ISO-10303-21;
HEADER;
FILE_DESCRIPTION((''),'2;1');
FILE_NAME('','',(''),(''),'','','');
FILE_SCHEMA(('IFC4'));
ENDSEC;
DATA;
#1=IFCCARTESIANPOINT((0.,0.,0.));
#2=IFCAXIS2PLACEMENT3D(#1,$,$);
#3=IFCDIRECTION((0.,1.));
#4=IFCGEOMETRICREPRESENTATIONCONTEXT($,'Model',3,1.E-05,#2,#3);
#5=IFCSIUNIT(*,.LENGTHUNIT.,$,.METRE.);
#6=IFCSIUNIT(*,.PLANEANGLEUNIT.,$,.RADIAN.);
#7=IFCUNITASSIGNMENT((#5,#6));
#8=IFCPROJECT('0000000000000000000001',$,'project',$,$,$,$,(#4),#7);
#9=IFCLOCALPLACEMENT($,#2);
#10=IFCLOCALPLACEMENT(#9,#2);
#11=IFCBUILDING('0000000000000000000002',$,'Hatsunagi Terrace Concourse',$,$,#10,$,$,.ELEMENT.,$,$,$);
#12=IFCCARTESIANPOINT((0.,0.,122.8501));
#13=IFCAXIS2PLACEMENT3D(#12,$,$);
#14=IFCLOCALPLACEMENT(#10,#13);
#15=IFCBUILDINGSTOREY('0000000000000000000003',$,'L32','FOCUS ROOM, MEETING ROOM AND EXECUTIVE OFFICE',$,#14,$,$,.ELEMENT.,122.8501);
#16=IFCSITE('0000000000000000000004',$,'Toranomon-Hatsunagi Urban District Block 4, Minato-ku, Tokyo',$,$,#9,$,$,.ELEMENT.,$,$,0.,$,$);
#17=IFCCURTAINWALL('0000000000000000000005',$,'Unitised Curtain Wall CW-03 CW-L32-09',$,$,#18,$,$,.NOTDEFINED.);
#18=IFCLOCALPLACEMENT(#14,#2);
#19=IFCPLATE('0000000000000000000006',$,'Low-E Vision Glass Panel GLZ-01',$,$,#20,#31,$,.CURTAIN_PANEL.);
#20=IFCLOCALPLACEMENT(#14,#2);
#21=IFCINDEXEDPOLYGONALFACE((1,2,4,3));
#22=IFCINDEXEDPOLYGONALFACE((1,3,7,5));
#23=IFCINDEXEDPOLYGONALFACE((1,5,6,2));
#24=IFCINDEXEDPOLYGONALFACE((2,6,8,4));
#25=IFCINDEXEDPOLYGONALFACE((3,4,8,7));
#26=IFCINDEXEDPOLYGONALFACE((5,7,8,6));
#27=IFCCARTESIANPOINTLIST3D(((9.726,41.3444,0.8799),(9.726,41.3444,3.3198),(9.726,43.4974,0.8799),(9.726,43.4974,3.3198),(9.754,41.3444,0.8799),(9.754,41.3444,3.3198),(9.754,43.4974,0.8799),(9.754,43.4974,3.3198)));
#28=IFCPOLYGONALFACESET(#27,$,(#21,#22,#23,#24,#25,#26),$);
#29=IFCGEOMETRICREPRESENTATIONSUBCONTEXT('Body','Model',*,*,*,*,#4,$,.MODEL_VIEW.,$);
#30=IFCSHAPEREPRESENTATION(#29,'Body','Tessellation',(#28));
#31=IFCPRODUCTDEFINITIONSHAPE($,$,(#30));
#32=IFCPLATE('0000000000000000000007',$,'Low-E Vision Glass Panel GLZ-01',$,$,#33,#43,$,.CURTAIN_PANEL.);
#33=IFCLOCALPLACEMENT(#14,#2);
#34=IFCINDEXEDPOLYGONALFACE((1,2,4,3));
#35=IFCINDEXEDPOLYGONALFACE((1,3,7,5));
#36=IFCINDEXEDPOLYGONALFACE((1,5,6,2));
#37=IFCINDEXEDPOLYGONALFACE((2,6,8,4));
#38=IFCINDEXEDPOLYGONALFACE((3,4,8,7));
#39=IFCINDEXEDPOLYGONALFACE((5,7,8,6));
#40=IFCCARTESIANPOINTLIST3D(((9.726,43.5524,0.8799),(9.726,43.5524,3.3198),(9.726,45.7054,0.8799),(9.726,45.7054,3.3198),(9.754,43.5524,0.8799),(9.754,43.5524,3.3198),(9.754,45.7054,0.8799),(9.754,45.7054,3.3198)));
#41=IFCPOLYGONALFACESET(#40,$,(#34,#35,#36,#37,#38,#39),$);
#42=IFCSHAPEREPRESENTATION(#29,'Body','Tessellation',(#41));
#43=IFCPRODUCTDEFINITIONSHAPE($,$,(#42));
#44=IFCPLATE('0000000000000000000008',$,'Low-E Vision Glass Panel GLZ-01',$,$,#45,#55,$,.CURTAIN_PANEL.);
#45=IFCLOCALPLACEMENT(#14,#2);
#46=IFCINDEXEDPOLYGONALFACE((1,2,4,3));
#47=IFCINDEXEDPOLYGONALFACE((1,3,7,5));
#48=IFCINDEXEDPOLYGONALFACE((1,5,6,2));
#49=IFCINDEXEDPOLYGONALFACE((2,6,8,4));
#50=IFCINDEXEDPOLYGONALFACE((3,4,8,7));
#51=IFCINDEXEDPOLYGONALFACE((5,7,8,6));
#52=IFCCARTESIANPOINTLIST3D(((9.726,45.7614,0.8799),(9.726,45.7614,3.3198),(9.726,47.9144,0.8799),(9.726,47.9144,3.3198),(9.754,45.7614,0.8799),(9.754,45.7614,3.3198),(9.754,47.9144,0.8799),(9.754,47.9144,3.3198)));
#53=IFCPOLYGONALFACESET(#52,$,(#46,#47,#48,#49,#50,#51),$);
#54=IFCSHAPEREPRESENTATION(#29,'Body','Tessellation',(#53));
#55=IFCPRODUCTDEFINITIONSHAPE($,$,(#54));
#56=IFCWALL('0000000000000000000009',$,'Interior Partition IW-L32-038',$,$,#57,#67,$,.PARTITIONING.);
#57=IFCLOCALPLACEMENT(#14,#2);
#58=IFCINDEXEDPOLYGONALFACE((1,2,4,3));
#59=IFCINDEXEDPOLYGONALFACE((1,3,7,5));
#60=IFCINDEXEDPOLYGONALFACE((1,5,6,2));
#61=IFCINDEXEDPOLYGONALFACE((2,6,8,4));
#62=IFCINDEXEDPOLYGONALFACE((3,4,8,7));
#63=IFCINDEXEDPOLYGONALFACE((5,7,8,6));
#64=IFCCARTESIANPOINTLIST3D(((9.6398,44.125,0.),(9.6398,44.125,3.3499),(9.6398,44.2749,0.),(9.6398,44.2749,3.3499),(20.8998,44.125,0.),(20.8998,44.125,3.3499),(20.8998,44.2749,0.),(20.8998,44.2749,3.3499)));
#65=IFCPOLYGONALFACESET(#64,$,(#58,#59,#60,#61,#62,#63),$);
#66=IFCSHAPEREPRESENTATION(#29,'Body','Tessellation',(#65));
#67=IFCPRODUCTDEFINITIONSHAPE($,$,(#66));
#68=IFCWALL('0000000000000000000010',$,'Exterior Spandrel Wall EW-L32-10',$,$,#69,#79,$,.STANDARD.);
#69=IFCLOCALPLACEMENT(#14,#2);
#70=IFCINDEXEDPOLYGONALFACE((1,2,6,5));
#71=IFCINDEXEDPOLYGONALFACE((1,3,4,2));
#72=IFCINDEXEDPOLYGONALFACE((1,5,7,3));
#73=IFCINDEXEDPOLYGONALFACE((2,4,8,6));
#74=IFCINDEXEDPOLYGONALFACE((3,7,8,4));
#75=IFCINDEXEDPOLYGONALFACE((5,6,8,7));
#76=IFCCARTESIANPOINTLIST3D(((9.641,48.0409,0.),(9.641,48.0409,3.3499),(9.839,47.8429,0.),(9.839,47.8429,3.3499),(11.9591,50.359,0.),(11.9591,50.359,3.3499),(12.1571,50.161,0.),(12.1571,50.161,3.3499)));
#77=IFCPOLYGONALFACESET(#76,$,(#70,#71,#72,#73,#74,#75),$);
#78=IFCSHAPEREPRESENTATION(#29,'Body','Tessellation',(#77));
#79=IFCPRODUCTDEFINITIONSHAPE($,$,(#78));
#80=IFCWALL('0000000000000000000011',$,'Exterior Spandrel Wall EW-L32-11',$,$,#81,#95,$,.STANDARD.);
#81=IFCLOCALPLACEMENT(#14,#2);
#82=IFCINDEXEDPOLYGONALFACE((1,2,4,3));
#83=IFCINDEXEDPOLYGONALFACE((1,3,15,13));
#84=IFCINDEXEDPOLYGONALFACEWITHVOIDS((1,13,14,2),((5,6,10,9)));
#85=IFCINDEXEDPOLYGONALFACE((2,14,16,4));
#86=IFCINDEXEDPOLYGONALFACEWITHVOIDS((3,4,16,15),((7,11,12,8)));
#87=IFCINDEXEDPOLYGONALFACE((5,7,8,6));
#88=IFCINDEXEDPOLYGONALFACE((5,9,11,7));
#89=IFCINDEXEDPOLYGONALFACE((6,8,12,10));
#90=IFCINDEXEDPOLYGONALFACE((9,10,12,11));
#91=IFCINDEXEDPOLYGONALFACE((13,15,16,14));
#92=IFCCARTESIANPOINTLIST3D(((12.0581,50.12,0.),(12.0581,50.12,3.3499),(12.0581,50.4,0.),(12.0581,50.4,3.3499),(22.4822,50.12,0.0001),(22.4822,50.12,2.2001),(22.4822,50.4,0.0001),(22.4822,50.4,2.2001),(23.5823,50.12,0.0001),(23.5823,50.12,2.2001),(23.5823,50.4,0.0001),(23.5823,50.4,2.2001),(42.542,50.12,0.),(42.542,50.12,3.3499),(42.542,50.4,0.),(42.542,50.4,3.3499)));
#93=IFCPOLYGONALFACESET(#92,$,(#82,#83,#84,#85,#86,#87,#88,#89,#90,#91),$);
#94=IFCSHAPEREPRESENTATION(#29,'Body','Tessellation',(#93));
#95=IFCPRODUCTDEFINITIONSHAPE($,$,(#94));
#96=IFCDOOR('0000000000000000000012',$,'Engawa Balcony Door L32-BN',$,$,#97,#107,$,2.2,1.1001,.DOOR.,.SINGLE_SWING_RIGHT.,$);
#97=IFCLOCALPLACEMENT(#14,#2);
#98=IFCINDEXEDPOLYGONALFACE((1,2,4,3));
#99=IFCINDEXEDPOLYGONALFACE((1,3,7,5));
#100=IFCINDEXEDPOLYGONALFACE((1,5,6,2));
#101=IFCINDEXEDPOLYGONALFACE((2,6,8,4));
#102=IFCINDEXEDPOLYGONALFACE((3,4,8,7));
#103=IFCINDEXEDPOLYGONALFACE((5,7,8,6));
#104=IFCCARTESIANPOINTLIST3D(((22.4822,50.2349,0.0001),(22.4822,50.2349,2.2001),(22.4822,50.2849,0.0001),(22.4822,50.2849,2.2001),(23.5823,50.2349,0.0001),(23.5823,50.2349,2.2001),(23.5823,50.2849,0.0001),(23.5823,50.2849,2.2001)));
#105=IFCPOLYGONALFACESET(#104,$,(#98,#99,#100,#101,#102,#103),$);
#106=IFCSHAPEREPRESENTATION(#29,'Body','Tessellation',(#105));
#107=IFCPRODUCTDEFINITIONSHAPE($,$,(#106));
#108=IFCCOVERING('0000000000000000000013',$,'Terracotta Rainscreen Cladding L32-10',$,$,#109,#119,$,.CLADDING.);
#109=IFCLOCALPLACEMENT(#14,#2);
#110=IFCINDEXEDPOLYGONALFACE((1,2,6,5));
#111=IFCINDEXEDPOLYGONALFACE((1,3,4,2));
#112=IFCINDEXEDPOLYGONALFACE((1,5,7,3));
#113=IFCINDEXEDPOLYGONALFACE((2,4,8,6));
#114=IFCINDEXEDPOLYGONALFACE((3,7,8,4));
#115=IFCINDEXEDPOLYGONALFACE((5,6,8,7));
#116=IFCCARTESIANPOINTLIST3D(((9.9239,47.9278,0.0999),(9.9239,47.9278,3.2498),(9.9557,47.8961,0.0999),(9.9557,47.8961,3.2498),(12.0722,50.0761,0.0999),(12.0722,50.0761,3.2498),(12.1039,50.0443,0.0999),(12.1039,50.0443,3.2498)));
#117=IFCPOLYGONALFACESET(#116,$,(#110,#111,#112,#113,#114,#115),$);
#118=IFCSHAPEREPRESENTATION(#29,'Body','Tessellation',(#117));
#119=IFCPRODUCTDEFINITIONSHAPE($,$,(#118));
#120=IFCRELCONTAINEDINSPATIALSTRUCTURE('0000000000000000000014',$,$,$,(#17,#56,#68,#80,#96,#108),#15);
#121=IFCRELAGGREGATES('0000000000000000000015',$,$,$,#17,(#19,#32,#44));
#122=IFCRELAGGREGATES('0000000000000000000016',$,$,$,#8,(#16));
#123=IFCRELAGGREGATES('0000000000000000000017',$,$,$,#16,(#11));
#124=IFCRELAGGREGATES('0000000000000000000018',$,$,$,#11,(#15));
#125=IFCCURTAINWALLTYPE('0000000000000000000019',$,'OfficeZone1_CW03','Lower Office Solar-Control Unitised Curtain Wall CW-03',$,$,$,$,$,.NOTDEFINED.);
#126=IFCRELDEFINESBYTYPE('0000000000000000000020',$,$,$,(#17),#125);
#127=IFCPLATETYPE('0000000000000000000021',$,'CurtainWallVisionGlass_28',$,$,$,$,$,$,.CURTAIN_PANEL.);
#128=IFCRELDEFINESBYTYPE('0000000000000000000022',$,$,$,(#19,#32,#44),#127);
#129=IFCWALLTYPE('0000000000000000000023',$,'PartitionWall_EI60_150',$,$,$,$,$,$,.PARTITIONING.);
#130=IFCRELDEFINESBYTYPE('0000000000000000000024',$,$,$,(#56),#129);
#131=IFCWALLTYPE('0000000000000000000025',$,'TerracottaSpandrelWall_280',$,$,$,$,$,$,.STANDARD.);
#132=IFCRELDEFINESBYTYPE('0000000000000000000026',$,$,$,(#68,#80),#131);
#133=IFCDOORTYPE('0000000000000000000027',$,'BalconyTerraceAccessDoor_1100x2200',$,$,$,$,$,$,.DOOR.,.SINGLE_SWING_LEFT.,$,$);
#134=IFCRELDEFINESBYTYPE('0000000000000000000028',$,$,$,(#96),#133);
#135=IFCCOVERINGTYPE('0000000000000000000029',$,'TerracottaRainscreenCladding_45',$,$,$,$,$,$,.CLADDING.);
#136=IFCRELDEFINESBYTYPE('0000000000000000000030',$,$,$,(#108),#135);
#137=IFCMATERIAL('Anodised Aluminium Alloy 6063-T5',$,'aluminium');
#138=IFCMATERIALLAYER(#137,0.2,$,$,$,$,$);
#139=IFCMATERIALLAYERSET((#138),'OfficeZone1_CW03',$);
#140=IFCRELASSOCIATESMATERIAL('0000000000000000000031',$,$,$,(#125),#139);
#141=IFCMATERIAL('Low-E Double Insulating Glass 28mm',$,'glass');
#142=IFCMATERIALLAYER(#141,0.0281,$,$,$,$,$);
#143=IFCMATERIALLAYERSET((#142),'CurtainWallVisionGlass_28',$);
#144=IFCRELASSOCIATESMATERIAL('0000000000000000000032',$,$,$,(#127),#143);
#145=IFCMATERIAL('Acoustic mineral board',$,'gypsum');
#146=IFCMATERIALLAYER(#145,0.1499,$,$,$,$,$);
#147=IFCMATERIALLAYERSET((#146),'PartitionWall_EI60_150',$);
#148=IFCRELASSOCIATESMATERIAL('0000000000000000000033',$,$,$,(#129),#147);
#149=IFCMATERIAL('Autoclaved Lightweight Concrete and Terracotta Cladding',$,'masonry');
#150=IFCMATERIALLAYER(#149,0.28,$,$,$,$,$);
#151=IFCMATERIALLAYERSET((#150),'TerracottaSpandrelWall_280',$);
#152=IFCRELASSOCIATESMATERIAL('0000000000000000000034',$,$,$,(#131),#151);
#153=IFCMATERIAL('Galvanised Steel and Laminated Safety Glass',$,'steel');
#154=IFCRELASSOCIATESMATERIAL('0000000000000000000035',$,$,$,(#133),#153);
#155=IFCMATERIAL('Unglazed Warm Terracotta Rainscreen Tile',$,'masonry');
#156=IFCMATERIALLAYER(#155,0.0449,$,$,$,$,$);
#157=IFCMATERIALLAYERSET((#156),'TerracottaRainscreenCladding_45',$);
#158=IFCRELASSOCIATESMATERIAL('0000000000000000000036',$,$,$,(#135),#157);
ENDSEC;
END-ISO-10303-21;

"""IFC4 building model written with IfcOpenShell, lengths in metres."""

from ifc_helpers import new_model, si_unit, direction, frame, frame_2d, origin, origin_2d, place, context, subcontext, project, spatial, rectangle, extrude, material, layer, layer_set, type_object, element, fill, aggregate, save


model = new_model("IFC4")

# Units and contexts
model_context = context("Model", 3, precision=1e-05, world=origin(), true_north=direction((0.0, 1.0)))
body_context = subcontext(model_context, "Body", "Model", "MODEL_VIEW")
ifc_project = project(units=[si_unit("LENGTHUNIT", "METRE"), si_unit("PLANEANGLEUNIT", "RADIAN")], contexts=[model_context])

# Site, building, storey
site_placement = place(None, origin())
site = spatial("IfcSite", under=ifc_project, at=site_placement, Name="Toranomon-Hatsunagi Urban District Block 4, Minato-ku, Tokyo", CompositionType="ELEMENT", RefElevation=0.0)
building_placement = place(site_placement, origin())
building = spatial("IfcBuilding", under=site, at=building_placement, Name="Hatsunagi Terrace Concourse", CompositionType="ELEMENT")
storey_placement = place(building_placement, frame((0.0, 0.0, 122.8501)))
storey = spatial("IfcBuildingStorey", under=building, at=storey_placement, Name="L32", Description="FOCUS ROOM, MEETING ROOM AND EXECUTIVE OFFICE", CompositionType="ELEMENT", Elevation=122.8501)

# Curtain wall
ifc_material_1 = material(Name="Anodised Aluminium Alloy 6063-T5", Category="aluminium")
ifc_layer_1 = layer(ifc_material_1, 0.2)
ifc_layer_set_1 = layer_set([ifc_layer_1], Name="OfficeZone1_CW03")
curtain_wall_type = type_object("IfcCurtainWallType", Name="OfficeZone1_CW03", Description="Lower Office Solar-Control Unitised Curtain Wall CW-03", PredefinedType="NOTDEFINED", material=ifc_layer_set_1)
curtain_wall_placement = place(storey_placement, origin())
curtain_wall = element("IfcCurtainWall", 1, at=curtain_wall_placement, inside=storey, type_object=curtain_wall_type, Name="Unitised Curtain Wall CW-03 CW-L32-09", PredefinedType="NOTDEFINED")

# Plates
ifc_material_2 = material(Name="Low-E Double Insulating Glass 28mm", Category="glass")
ifc_layer_2 = layer(ifc_material_2, 0.0281)
ifc_layer_set_2 = layer_set([ifc_layer_2], Name="CurtainWallVisionGlass_28")
plate_type_1 = type_object("IfcPlateType", Name="CurtainWallVisionGlass_28", PredefinedType="CURTAIN_PANEL", material=ifc_layer_set_2)
plate_1_placement = place(storey_placement, frame((9.74, 42.4209, 0.8799), z_axis=(0.0, 0.0, 1.0), x_axis=(0.0, 1.0, 0.0)))
plate_1 = element("IfcPlate", 2, at=plate_1_placement, type_object=plate_type_1, Name="Low-E Vision Glass Panel GLZ-01", PredefinedType="CURTAIN_PANEL", context=body_context, shape_type="SweptSolid", body=[
    extrude(rectangle(XDim=2.1531, YDim=0.0281, at=origin_2d()), origin(), (0.0, 0.0, 1.0), 2.4399),
])
plate_2_placement = place(storey_placement, frame((9.74, 44.6289, 0.8799), z_axis=(0.0, 0.0, 1.0), x_axis=(0.0, 1.0, 0.0)))
plate_2 = element("IfcPlate", 3, at=plate_2_placement, type_object=plate_type_1, Name="Low-E Vision Glass Panel GLZ-01", PredefinedType="CURTAIN_PANEL", context=body_context, shape_type="SweptSolid", body=[
    extrude(rectangle(XDim=2.1531, YDim=0.0281, at=origin_2d()), origin(), (0.0, 0.0, 1.0), 2.4399),
])
plate_3_placement = place(storey_placement, frame((9.74, 46.8379, 0.8799), z_axis=(0.0, 0.0, 1.0), x_axis=(0.0, 1.0, 0.0)))
plate_3 = element("IfcPlate", 4, at=plate_3_placement, type_object=plate_type_1, Name="Low-E Vision Glass Panel GLZ-01", PredefinedType="CURTAIN_PANEL", context=body_context, shape_type="SweptSolid", body=[
    extrude(rectangle(XDim=2.1531, YDim=0.0281, at=origin_2d()), origin(), (0.0, 0.0, 1.0), 2.4399),
])
aggregate(curtain_wall, [plate_1, plate_2, plate_3])

# Walls
ifc_material_3 = material(Name="Acoustic mineral board", Category="gypsum")
ifc_layer_3 = layer(ifc_material_3, 0.1499)
ifc_layer_set_3 = layer_set([ifc_layer_3], Name="PartitionWall_EI60_150")
wall_type_1 = type_object("IfcWallType", Name="PartitionWall_EI60_150", PredefinedType="PARTITIONING", material=ifc_layer_set_3)
wall_1_placement = place(storey_placement, frame((9.6399, 44.2, 0.0), z_axis=(0.0, 0.0, 1.0), x_axis=(1.0, 0.0, 0.0)))
element("IfcWall", 5, at=wall_1_placement, inside=storey, type_object=wall_type_1, Name="Interior Partition IW-L32-038", PredefinedType="PARTITIONING", context=body_context, shape_type="SweptSolid", body=[
    extrude(rectangle(XDim=11.26, YDim=0.1499, at=frame_2d((5.6299, 0.0))), origin(), (0.0, 0.0, 1.0), 3.3499),
])
ifc_material_4 = material(Name="Autoclaved Lightweight Concrete and Terracotta Cladding", Category="masonry")
ifc_layer_4 = layer(ifc_material_4, 0.28)
ifc_layer_set_4 = layer_set([ifc_layer_4], Name="TerracottaSpandrelWall_280")
wall_type_2 = type_object("IfcWallType", Name="TerracottaSpandrelWall_280", PredefinedType="STANDARD", material=ifc_layer_set_4)
wall_2_placement = place(storey_placement, frame((9.74, 47.9419, 0.0), z_axis=(0.0, 0.0, 1.0), x_axis=(0.707107, 0.707107, 0.0)))
element("IfcWall", 6, at=wall_2_placement, inside=storey, type_object=wall_type_2, Name="Exterior Spandrel Wall EW-L32-10", PredefinedType="STANDARD", context=body_context, shape_type="SweptSolid", body=[
    extrude(rectangle(XDim=3.2783, YDim=0.28, at=frame_2d((1.6392, 0.0))), origin(), (0.0, 0.0, 1.0), 3.3499),
])

# Wall, opening, door
wall_3_placement = place(storey_placement, frame((12.0581, 50.26, 0.0), z_axis=(0.0, 0.0, 1.0), x_axis=(1.0, 0.0, 0.0)))
wall_3 = element("IfcWall", 7, at=wall_3_placement, inside=storey, type_object=wall_type_2, Name="Exterior Spandrel Wall EW-L32-11", PredefinedType="STANDARD", context=body_context, shape_type="SweptSolid", body=[
    extrude(rectangle(XDim=30.4839, YDim=0.28, at=frame_2d((15.2419, 0.0))), origin(), (0.0, 0.0, 1.0), 3.3499),
])
opening_placement = place(wall_3_placement, frame((10.4241, 0.0, 0.0)))
opening = element("IfcOpeningElement", 8, at=opening_placement, cuts=wall_3, PredefinedType="OPENING", context=body_context, shape_type="SweptSolid", body=[
    extrude(rectangle(XDim=1.1001, YDim=2.2, at=frame_2d((0.55, 1.1001))), frame((0.0, 0.1499, 0.0), z_axis=(0.0, -1.0, 0.0), x_axis=(1.0, 0.0, 0.0)), (0.0, 0.0, 1.0), 0.3),
])
ifc_material_5 = material(Name="Galvanised Steel and Laminated Safety Glass", Category="steel")
door_type = type_object("IfcDoorType", Name="BalconyTerraceAccessDoor_1100x2200", OperationType="SINGLE_SWING_LEFT", PredefinedType="DOOR", material=ifc_material_5)
door_placement = place(opening_placement, origin())
door = element("IfcDoor", 9, at=door_placement, inside=storey, type_object=door_type, Name="Engawa Balcony Door L32-BN", OperationType="SINGLE_SWING_RIGHT", OverallHeight=2.2, OverallWidth=1.1001, PredefinedType="DOOR", context=body_context, shape_type="SweptSolid", body=[
    extrude(rectangle(XDim=1.1001, YDim=2.2, at=frame_2d((0.55, 1.1001))), frame((0.0, 0.0249, 0.0), z_axis=(0.0, -1.0, 0.0), x_axis=(1.0, 0.0, 0.0)), (0.0, 0.0, 1.0), 0.05),
])
fill(opening, door)

# Covering
ifc_material_6 = material(Name="Unglazed Warm Terracotta Rainscreen Tile", Category="masonry")
ifc_layer_5 = layer(ifc_material_6, 0.0449)
ifc_layer_set_5 = layer_set([ifc_layer_5], Name="TerracottaRainscreenCladding_45")
covering_type = type_object("IfcCoveringType", Name="TerracottaRainscreenCladding_45", PredefinedType="CLADDING", material=ifc_layer_set_5)
covering_placement = place(storey_placement, frame((11.0139, 48.9861, 0.0999), z_axis=(0.0, 0.0, 1.0), x_axis=(0.707107, 0.707107, 0.0)))
element("IfcCovering", 10, at=covering_placement, inside=storey, type_object=covering_type, Name="Terracotta Rainscreen Cladding L32-10", PredefinedType="CLADDING", context=body_context, shape_type="SweptSolid", body=[
    extrude(rectangle(XDim=3.0381, YDim=0.0449, at=origin_2d()), origin(), (0.0, 0.0, 1.0), 3.1499),
])

save(model, "model.ifc")
